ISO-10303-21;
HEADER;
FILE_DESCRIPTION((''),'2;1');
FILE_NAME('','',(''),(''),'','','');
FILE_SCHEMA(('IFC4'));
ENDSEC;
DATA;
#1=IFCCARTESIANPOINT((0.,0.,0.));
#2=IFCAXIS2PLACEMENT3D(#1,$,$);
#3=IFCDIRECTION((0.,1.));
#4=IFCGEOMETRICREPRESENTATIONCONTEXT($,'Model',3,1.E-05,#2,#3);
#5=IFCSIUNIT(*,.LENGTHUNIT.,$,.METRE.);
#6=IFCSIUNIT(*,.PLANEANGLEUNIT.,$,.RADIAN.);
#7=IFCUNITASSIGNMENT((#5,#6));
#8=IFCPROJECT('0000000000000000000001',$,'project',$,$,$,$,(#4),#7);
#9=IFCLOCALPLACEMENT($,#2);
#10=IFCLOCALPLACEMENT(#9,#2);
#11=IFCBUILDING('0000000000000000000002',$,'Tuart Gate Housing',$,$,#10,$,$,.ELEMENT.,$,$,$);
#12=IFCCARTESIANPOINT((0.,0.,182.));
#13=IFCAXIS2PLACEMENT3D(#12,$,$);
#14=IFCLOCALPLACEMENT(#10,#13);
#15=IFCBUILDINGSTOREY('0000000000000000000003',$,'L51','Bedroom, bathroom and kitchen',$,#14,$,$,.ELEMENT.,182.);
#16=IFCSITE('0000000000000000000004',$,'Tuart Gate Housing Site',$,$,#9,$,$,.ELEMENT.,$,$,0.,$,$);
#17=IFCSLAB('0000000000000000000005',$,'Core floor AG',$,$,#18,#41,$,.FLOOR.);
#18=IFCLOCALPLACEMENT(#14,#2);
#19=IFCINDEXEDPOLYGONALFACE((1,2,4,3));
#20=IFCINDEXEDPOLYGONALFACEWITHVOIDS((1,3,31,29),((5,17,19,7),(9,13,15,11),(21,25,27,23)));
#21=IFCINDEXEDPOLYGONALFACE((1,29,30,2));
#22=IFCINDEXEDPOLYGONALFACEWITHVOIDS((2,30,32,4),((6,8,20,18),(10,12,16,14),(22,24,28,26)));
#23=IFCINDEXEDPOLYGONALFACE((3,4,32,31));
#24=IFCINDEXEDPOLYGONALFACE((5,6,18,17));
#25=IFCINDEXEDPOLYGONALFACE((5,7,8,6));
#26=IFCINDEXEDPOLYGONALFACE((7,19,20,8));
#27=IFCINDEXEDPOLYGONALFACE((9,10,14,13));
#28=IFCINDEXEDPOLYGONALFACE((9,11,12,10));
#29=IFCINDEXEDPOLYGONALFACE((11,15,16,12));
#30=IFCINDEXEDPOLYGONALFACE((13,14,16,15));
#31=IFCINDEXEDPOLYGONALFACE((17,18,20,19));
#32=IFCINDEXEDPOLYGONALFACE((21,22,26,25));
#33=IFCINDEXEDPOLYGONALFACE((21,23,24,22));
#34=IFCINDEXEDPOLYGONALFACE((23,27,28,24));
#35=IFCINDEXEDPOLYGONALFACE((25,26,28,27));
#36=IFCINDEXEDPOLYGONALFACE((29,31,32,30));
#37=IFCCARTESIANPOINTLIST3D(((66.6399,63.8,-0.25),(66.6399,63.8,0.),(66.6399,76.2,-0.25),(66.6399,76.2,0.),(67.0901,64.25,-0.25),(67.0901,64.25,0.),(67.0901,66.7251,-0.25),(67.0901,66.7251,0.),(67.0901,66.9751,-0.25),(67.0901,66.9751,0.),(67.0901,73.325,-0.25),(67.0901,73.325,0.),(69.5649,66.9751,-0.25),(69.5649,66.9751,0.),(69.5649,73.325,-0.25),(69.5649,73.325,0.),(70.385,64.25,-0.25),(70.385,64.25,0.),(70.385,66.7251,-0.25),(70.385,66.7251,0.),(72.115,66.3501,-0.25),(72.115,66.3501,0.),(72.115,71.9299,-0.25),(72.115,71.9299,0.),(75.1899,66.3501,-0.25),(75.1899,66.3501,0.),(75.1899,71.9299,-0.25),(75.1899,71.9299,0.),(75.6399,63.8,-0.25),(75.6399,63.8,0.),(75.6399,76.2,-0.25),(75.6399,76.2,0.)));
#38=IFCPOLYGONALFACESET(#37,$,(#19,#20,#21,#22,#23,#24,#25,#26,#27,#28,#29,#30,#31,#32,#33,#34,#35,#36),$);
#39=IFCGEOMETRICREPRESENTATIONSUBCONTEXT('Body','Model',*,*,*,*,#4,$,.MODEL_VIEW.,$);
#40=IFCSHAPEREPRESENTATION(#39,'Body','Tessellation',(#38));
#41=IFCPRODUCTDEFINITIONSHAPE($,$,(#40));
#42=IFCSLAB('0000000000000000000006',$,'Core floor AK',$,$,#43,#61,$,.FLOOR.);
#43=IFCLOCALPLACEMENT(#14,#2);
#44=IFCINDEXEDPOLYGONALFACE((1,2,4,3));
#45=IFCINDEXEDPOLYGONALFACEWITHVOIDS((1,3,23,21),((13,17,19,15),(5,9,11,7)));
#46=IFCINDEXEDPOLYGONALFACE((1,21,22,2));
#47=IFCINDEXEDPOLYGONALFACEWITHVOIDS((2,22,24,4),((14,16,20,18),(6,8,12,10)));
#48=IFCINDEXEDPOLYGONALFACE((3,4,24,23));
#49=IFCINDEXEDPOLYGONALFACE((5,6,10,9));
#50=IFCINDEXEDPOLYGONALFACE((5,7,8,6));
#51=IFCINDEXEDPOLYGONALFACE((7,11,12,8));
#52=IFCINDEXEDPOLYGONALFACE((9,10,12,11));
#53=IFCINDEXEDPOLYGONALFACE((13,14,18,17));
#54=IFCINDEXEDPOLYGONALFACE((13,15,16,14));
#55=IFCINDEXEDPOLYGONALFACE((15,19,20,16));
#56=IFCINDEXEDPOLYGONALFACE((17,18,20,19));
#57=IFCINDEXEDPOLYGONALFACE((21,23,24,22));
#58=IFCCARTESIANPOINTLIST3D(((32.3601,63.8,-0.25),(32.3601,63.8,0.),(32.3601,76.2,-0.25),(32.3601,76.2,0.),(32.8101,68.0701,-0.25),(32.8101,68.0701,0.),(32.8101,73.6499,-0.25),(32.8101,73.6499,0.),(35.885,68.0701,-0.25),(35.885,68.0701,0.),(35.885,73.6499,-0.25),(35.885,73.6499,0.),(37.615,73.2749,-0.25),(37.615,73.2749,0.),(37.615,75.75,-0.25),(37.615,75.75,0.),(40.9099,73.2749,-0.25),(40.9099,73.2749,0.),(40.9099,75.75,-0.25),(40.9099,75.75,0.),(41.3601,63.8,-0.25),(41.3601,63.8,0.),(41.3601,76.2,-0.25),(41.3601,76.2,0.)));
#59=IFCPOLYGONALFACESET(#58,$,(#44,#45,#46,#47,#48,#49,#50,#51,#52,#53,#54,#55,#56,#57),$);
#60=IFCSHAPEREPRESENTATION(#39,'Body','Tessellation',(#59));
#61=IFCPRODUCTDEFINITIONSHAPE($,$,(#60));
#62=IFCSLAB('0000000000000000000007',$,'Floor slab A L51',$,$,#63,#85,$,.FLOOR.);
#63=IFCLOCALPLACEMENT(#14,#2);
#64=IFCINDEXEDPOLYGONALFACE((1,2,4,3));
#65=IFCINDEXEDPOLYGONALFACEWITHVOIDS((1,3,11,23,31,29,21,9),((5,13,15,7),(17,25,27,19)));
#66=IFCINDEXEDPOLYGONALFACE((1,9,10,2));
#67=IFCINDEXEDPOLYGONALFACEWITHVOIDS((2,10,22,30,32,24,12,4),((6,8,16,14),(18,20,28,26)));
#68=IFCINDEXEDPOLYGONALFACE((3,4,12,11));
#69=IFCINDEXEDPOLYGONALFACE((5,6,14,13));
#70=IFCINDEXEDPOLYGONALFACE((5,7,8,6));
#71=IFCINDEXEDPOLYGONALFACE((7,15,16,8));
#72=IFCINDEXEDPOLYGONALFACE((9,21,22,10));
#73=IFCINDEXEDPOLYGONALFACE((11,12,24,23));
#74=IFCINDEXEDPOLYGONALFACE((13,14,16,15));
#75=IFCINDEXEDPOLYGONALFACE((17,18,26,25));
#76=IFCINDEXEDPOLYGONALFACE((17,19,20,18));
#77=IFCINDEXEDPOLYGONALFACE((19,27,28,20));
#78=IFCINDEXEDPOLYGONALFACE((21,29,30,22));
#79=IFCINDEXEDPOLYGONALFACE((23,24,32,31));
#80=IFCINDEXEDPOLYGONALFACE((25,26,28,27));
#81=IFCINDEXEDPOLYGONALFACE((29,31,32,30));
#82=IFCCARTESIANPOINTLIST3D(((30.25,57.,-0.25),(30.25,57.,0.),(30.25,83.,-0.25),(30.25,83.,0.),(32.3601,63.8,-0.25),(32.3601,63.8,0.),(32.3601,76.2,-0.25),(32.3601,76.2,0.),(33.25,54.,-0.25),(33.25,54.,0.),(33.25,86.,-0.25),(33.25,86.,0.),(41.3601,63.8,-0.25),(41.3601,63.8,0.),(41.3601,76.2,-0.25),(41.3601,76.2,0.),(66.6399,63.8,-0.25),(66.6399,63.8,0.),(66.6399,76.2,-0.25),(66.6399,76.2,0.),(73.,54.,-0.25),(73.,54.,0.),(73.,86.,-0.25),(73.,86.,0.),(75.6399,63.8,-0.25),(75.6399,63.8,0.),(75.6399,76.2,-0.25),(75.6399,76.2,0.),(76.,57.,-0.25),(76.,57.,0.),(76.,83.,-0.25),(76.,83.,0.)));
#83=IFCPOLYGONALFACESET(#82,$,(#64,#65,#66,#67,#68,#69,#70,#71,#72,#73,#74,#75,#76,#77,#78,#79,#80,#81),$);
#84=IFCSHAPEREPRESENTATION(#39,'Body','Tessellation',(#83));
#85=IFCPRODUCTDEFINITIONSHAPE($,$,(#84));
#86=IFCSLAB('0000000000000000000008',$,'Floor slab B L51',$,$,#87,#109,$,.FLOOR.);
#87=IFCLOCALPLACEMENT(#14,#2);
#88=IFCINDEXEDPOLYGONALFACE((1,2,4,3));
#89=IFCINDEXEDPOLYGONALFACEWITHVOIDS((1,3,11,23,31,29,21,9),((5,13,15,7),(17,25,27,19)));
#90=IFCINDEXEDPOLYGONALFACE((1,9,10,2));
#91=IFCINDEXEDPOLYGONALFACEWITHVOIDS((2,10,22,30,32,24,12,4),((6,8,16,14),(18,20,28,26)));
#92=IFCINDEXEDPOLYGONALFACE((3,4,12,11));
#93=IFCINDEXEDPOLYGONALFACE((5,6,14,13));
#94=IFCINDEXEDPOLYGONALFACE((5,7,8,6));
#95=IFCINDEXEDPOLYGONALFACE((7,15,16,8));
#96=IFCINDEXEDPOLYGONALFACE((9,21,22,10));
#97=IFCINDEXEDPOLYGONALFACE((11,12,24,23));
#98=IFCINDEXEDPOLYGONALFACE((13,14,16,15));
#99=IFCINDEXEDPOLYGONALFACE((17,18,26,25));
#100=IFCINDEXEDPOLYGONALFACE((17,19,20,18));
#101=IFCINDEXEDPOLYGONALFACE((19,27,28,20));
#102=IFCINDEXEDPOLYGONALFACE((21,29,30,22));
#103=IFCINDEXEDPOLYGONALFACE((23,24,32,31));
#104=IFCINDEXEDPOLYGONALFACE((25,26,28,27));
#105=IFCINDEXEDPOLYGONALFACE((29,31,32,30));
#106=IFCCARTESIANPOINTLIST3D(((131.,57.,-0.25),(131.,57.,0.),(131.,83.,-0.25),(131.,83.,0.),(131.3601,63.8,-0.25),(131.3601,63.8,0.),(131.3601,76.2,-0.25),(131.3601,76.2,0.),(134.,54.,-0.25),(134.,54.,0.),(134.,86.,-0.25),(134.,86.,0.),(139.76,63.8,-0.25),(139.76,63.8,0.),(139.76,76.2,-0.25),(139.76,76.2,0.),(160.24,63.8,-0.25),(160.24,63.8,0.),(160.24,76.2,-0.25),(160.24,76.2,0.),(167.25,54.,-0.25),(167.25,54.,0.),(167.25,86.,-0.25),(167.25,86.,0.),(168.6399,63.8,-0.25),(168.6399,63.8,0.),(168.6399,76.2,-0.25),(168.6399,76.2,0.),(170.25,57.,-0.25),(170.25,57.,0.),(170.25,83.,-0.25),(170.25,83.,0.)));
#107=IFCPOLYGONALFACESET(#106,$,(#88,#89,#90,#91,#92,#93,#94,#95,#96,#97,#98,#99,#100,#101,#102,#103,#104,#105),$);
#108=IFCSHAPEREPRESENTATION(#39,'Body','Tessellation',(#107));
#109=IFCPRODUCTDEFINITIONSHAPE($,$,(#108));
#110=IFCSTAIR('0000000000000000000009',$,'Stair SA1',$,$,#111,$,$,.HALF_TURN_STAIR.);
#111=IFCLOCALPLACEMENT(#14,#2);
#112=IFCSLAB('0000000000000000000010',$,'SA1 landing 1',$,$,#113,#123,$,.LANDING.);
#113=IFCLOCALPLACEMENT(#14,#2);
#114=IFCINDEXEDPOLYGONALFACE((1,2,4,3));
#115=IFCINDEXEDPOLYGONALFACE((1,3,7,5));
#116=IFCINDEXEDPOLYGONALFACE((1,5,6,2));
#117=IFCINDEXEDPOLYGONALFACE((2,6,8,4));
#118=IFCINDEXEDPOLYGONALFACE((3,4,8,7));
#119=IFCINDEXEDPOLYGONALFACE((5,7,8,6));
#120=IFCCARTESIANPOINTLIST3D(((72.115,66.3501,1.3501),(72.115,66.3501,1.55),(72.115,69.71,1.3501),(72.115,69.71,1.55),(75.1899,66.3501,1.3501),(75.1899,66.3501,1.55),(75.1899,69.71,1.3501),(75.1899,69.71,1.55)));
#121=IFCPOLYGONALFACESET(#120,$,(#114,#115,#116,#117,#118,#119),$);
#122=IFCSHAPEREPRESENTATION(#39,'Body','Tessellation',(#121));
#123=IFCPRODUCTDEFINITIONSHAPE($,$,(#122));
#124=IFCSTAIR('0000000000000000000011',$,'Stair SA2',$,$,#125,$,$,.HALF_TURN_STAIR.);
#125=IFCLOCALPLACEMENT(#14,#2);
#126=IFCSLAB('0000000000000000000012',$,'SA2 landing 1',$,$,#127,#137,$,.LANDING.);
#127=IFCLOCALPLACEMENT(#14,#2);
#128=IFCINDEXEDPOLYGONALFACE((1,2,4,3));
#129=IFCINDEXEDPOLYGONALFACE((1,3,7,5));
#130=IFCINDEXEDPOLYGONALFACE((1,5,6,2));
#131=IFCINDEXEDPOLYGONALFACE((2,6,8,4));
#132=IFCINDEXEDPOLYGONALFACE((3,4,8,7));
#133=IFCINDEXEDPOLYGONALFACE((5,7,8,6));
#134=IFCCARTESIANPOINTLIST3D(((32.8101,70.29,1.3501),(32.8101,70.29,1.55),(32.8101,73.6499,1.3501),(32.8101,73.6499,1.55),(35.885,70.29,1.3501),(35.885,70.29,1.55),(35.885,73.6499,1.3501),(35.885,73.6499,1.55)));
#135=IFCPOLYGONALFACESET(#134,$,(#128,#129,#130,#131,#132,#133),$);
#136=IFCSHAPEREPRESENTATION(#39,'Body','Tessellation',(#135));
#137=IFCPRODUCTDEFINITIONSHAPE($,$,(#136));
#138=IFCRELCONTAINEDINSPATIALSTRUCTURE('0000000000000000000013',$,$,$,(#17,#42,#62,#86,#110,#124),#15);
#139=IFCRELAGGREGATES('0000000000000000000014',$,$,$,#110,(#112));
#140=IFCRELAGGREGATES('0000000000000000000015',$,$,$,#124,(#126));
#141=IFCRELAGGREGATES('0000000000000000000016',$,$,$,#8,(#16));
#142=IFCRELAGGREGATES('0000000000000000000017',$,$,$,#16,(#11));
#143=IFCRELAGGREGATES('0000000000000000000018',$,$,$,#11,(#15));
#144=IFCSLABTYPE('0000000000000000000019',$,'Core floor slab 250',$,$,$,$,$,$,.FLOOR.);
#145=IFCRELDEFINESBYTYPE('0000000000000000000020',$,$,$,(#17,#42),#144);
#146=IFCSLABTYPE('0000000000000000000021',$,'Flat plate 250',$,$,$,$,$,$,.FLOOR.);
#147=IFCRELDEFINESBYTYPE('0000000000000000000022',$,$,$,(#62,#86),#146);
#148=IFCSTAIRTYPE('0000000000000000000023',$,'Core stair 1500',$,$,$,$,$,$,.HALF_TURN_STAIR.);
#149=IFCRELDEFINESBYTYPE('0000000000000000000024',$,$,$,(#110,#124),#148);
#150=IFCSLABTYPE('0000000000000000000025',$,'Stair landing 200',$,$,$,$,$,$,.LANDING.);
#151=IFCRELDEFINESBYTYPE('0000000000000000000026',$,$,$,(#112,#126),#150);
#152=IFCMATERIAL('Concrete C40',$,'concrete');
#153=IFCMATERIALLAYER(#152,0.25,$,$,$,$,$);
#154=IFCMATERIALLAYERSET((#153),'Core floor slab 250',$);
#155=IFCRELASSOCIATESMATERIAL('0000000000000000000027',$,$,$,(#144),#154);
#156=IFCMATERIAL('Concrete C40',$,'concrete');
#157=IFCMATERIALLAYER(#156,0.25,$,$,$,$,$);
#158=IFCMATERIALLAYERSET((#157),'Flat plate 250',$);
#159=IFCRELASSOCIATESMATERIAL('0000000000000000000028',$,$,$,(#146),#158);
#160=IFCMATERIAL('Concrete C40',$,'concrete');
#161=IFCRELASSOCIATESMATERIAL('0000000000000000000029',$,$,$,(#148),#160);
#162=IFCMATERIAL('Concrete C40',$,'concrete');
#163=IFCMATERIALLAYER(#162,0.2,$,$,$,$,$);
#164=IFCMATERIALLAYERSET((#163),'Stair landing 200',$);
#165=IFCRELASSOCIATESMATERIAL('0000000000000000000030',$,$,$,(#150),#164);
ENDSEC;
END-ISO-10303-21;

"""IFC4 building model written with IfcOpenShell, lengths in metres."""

from ifc_helpers import new_model, si_unit, direction, frame, origin, place, context, subcontext, project, spatial, polyline, outline, extrude, material, layer, layer_set, type_object, element, aggregate, save


model = new_model("IFC4")

# Units and contexts
model_context = context("Model", 3, precision=1e-05, world=origin(), true_north=direction((0.0, 1.0)))
body_context = subcontext(model_context, "Body", "Model", "MODEL_VIEW")
ifc_project = project(units=[si_unit("LENGTHUNIT", "METRE"), si_unit("PLANEANGLEUNIT", "RADIAN")], contexts=[model_context])

# Site, building, storey
site_placement = place(None, origin())
site = spatial("IfcSite", under=ifc_project, at=site_placement, Name="Tuart Gate Housing Site", CompositionType="ELEMENT", RefElevation=0.0)
building_placement = place(site_placement, origin())
building = spatial("IfcBuilding", under=site, at=building_placement, Name="Tuart Gate Housing", CompositionType="ELEMENT")
storey_placement = place(building_placement, frame((0.0, 0.0, 182.0)))
storey = spatial("IfcBuildingStorey", under=building, at=storey_placement, Name="L51", Description="Bedroom, bathroom and kitchen", CompositionType="ELEMENT", Elevation=182.0)

# Slabs
ifc_material_1 = material(Name="Concrete C40", Category="concrete")
ifc_layer_1 = layer(ifc_material_1, 0.25)
ifc_layer_set_1 = layer_set([ifc_layer_1], Name="Core floor slab 250")
slab_type_1 = type_object("IfcSlabType", Name="Core floor slab 250", PredefinedType="FLOOR", material=ifc_layer_set_1)
slab_1_placement = place(storey_placement, frame((0.0, 0.0, -0.25)))
element("IfcSlab", 1, at=slab_1_placement, inside=storey, type_object=slab_type_1, Name="Core floor AG", PredefinedType="FLOOR", context=body_context, shape_type="SweptSolid", body=[
    extrude(outline(polyline([(66.6399, 63.8), (75.6399, 63.8), (75.6399, 76.2), (66.6399, 76.2), (66.6399, 63.8)]), holes=[polyline([(67.0901, 64.25), (70.385, 64.25), (70.385, 66.7251), (67.0901, 66.7251), (67.0901, 64.25)]), polyline([(67.0901, 66.9751), (69.5649, 66.9751), (69.5649, 73.325), (67.0901, 73.325), (67.0901, 66.9751)]), polyline([(72.115, 66.3501), (75.1899, 66.3501), (75.1899, 71.9299), (72.115, 71.9299), (72.115, 66.3501)])]), origin(), (0.0, 0.0, 1.0), 0.25),
])
slab_2_placement = place(storey_placement, frame((0.0, 0.0, -0.25)))
element("IfcSlab", 2, at=slab_2_placement, inside=storey, type_object=slab_type_1, Name="Core floor AK", PredefinedType="FLOOR", context=body_context, shape_type="SweptSolid", body=[
    extrude(outline(polyline([(32.3601, 63.8), (41.3601, 63.8), (41.3601, 76.2), (32.3601, 76.2), (32.3601, 63.8)]), holes=[polyline([(40.9099, 75.75), (37.615, 75.75), (37.615, 73.2749), (40.9099, 73.2749), (40.9099, 75.75)]), polyline([(35.885, 73.6499), (32.8101, 73.6499), (32.8101, 68.0701), (35.885, 68.0701), (35.885, 73.6499)])]), origin(), (0.0, 0.0, 1.0), 0.25),
])
ifc_material_2 = material(Name="Concrete C40", Category="concrete")
ifc_layer_2 = layer(ifc_material_2, 0.25)
ifc_layer_set_2 = layer_set([ifc_layer_2], Name="Flat plate 250")
slab_type_2 = type_object("IfcSlabType", Name="Flat plate 250", PredefinedType="FLOOR", material=ifc_layer_set_2)
slab_3_placement = place(storey_placement, frame((0.0, 0.0, -0.25)))
element("IfcSlab", 3, at=slab_3_placement, inside=storey, type_object=slab_type_2, Name="Floor slab A L51", PredefinedType="FLOOR", context=body_context, shape_type="SweptSolid", body=[
    extrude(outline(polyline([(33.25, 86.0), (30.25, 83.0), (30.25, 57.0), (33.25, 54.0), (73.0, 54.0), (76.0, 57.0), (76.0, 83.0), (73.0, 86.0), (33.25, 86.0)]), holes=[polyline([(66.6399, 76.2), (75.6399, 76.2), (75.6399, 63.8), (66.6399, 63.8), (66.6399, 76.2)]), polyline([(41.3601, 76.2), (41.3601, 63.8), (32.3601, 63.8), (32.3601, 76.2), (41.3601, 76.2)])]), origin(), (0.0, 0.0, 1.0), 0.25),
])
slab_4_placement = place(storey_placement, frame((0.0, 0.0, -0.25)))
element("IfcSlab", 4, at=slab_4_placement, inside=storey, type_object=slab_type_2, Name="Floor slab B L51", PredefinedType="FLOOR", context=body_context, shape_type="SweptSolid", body=[
    extrude(outline(polyline([(134.0, 86.0), (131.0, 83.0), (131.0, 57.0), (134.0, 54.0), (167.25, 54.0), (170.25, 57.0), (170.25, 83.0), (167.25, 86.0), (134.0, 86.0)]), holes=[polyline([(131.3601, 76.2), (139.76, 76.2), (139.76, 63.8), (131.3601, 63.8), (131.3601, 76.2)]), polyline([(168.6399, 76.2), (168.6399, 63.8), (160.24, 63.8), (160.24, 76.2), (168.6399, 76.2)])]), origin(), (0.0, 0.0, 1.0), 0.25),
])

# Stairs, slabs
ifc_material_3 = material(Name="Concrete C40", Category="concrete")
stair_type = type_object("IfcStairType", Name="Core stair 1500", PredefinedType="HALF_TURN_STAIR", material=ifc_material_3)
stair_1_placement = place(storey_placement, origin())
stair_1 = element("IfcStair", 5, at=stair_1_placement, inside=storey, type_object=stair_type, Name="Stair SA1", PredefinedType="HALF_TURN_STAIR")
ifc_material_4 = material(Name="Concrete C40", Category="concrete")
ifc_layer_3 = layer(ifc_material_4, 0.2)
ifc_layer_set_3 = layer_set([ifc_layer_3], Name="Stair landing 200")
slab_type_3 = type_object("IfcSlabType", Name="Stair landing 200", PredefinedType="LANDING", material=ifc_layer_set_3)
slab_5_placement = place(storey_placement, frame((0.0, 0.0, 1.3501)))
slab_5 = element("IfcSlab", 6, at=slab_5_placement, type_object=slab_type_3, Name="SA1 landing 1", PredefinedType="LANDING", context=body_context, shape_type="SweptSolid", body=[
    extrude(outline(polyline([(72.115, 66.3501), (75.1899, 66.3501), (75.1899, 69.71), (72.115, 69.71), (72.115, 66.3501)])), origin(), (0.0, 0.0, 1.0), 0.2),
])
aggregate(stair_1, [slab_5])
stair_2_placement = place(storey_placement, origin())
stair_2 = element("IfcStair", 7, at=stair_2_placement, inside=storey, type_object=stair_type, Name="Stair SA2", PredefinedType="HALF_TURN_STAIR")
slab_6_placement = place(storey_placement, frame((0.0, 0.0, 1.3501)))
slab_6 = element("IfcSlab", 8, at=slab_6_placement, type_object=slab_type_3, Name="SA2 landing 1", PredefinedType="LANDING", context=body_context, shape_type="SweptSolid", body=[
    extrude(outline(polyline([(35.885, 73.6499), (32.8101, 73.6499), (32.8101, 70.29), (35.885, 70.29), (35.885, 73.6499)])), origin(), (0.0, 0.0, 1.0), 0.2),
])
aggregate(stair_2, [slab_6])

save(model, "model.ifc")
